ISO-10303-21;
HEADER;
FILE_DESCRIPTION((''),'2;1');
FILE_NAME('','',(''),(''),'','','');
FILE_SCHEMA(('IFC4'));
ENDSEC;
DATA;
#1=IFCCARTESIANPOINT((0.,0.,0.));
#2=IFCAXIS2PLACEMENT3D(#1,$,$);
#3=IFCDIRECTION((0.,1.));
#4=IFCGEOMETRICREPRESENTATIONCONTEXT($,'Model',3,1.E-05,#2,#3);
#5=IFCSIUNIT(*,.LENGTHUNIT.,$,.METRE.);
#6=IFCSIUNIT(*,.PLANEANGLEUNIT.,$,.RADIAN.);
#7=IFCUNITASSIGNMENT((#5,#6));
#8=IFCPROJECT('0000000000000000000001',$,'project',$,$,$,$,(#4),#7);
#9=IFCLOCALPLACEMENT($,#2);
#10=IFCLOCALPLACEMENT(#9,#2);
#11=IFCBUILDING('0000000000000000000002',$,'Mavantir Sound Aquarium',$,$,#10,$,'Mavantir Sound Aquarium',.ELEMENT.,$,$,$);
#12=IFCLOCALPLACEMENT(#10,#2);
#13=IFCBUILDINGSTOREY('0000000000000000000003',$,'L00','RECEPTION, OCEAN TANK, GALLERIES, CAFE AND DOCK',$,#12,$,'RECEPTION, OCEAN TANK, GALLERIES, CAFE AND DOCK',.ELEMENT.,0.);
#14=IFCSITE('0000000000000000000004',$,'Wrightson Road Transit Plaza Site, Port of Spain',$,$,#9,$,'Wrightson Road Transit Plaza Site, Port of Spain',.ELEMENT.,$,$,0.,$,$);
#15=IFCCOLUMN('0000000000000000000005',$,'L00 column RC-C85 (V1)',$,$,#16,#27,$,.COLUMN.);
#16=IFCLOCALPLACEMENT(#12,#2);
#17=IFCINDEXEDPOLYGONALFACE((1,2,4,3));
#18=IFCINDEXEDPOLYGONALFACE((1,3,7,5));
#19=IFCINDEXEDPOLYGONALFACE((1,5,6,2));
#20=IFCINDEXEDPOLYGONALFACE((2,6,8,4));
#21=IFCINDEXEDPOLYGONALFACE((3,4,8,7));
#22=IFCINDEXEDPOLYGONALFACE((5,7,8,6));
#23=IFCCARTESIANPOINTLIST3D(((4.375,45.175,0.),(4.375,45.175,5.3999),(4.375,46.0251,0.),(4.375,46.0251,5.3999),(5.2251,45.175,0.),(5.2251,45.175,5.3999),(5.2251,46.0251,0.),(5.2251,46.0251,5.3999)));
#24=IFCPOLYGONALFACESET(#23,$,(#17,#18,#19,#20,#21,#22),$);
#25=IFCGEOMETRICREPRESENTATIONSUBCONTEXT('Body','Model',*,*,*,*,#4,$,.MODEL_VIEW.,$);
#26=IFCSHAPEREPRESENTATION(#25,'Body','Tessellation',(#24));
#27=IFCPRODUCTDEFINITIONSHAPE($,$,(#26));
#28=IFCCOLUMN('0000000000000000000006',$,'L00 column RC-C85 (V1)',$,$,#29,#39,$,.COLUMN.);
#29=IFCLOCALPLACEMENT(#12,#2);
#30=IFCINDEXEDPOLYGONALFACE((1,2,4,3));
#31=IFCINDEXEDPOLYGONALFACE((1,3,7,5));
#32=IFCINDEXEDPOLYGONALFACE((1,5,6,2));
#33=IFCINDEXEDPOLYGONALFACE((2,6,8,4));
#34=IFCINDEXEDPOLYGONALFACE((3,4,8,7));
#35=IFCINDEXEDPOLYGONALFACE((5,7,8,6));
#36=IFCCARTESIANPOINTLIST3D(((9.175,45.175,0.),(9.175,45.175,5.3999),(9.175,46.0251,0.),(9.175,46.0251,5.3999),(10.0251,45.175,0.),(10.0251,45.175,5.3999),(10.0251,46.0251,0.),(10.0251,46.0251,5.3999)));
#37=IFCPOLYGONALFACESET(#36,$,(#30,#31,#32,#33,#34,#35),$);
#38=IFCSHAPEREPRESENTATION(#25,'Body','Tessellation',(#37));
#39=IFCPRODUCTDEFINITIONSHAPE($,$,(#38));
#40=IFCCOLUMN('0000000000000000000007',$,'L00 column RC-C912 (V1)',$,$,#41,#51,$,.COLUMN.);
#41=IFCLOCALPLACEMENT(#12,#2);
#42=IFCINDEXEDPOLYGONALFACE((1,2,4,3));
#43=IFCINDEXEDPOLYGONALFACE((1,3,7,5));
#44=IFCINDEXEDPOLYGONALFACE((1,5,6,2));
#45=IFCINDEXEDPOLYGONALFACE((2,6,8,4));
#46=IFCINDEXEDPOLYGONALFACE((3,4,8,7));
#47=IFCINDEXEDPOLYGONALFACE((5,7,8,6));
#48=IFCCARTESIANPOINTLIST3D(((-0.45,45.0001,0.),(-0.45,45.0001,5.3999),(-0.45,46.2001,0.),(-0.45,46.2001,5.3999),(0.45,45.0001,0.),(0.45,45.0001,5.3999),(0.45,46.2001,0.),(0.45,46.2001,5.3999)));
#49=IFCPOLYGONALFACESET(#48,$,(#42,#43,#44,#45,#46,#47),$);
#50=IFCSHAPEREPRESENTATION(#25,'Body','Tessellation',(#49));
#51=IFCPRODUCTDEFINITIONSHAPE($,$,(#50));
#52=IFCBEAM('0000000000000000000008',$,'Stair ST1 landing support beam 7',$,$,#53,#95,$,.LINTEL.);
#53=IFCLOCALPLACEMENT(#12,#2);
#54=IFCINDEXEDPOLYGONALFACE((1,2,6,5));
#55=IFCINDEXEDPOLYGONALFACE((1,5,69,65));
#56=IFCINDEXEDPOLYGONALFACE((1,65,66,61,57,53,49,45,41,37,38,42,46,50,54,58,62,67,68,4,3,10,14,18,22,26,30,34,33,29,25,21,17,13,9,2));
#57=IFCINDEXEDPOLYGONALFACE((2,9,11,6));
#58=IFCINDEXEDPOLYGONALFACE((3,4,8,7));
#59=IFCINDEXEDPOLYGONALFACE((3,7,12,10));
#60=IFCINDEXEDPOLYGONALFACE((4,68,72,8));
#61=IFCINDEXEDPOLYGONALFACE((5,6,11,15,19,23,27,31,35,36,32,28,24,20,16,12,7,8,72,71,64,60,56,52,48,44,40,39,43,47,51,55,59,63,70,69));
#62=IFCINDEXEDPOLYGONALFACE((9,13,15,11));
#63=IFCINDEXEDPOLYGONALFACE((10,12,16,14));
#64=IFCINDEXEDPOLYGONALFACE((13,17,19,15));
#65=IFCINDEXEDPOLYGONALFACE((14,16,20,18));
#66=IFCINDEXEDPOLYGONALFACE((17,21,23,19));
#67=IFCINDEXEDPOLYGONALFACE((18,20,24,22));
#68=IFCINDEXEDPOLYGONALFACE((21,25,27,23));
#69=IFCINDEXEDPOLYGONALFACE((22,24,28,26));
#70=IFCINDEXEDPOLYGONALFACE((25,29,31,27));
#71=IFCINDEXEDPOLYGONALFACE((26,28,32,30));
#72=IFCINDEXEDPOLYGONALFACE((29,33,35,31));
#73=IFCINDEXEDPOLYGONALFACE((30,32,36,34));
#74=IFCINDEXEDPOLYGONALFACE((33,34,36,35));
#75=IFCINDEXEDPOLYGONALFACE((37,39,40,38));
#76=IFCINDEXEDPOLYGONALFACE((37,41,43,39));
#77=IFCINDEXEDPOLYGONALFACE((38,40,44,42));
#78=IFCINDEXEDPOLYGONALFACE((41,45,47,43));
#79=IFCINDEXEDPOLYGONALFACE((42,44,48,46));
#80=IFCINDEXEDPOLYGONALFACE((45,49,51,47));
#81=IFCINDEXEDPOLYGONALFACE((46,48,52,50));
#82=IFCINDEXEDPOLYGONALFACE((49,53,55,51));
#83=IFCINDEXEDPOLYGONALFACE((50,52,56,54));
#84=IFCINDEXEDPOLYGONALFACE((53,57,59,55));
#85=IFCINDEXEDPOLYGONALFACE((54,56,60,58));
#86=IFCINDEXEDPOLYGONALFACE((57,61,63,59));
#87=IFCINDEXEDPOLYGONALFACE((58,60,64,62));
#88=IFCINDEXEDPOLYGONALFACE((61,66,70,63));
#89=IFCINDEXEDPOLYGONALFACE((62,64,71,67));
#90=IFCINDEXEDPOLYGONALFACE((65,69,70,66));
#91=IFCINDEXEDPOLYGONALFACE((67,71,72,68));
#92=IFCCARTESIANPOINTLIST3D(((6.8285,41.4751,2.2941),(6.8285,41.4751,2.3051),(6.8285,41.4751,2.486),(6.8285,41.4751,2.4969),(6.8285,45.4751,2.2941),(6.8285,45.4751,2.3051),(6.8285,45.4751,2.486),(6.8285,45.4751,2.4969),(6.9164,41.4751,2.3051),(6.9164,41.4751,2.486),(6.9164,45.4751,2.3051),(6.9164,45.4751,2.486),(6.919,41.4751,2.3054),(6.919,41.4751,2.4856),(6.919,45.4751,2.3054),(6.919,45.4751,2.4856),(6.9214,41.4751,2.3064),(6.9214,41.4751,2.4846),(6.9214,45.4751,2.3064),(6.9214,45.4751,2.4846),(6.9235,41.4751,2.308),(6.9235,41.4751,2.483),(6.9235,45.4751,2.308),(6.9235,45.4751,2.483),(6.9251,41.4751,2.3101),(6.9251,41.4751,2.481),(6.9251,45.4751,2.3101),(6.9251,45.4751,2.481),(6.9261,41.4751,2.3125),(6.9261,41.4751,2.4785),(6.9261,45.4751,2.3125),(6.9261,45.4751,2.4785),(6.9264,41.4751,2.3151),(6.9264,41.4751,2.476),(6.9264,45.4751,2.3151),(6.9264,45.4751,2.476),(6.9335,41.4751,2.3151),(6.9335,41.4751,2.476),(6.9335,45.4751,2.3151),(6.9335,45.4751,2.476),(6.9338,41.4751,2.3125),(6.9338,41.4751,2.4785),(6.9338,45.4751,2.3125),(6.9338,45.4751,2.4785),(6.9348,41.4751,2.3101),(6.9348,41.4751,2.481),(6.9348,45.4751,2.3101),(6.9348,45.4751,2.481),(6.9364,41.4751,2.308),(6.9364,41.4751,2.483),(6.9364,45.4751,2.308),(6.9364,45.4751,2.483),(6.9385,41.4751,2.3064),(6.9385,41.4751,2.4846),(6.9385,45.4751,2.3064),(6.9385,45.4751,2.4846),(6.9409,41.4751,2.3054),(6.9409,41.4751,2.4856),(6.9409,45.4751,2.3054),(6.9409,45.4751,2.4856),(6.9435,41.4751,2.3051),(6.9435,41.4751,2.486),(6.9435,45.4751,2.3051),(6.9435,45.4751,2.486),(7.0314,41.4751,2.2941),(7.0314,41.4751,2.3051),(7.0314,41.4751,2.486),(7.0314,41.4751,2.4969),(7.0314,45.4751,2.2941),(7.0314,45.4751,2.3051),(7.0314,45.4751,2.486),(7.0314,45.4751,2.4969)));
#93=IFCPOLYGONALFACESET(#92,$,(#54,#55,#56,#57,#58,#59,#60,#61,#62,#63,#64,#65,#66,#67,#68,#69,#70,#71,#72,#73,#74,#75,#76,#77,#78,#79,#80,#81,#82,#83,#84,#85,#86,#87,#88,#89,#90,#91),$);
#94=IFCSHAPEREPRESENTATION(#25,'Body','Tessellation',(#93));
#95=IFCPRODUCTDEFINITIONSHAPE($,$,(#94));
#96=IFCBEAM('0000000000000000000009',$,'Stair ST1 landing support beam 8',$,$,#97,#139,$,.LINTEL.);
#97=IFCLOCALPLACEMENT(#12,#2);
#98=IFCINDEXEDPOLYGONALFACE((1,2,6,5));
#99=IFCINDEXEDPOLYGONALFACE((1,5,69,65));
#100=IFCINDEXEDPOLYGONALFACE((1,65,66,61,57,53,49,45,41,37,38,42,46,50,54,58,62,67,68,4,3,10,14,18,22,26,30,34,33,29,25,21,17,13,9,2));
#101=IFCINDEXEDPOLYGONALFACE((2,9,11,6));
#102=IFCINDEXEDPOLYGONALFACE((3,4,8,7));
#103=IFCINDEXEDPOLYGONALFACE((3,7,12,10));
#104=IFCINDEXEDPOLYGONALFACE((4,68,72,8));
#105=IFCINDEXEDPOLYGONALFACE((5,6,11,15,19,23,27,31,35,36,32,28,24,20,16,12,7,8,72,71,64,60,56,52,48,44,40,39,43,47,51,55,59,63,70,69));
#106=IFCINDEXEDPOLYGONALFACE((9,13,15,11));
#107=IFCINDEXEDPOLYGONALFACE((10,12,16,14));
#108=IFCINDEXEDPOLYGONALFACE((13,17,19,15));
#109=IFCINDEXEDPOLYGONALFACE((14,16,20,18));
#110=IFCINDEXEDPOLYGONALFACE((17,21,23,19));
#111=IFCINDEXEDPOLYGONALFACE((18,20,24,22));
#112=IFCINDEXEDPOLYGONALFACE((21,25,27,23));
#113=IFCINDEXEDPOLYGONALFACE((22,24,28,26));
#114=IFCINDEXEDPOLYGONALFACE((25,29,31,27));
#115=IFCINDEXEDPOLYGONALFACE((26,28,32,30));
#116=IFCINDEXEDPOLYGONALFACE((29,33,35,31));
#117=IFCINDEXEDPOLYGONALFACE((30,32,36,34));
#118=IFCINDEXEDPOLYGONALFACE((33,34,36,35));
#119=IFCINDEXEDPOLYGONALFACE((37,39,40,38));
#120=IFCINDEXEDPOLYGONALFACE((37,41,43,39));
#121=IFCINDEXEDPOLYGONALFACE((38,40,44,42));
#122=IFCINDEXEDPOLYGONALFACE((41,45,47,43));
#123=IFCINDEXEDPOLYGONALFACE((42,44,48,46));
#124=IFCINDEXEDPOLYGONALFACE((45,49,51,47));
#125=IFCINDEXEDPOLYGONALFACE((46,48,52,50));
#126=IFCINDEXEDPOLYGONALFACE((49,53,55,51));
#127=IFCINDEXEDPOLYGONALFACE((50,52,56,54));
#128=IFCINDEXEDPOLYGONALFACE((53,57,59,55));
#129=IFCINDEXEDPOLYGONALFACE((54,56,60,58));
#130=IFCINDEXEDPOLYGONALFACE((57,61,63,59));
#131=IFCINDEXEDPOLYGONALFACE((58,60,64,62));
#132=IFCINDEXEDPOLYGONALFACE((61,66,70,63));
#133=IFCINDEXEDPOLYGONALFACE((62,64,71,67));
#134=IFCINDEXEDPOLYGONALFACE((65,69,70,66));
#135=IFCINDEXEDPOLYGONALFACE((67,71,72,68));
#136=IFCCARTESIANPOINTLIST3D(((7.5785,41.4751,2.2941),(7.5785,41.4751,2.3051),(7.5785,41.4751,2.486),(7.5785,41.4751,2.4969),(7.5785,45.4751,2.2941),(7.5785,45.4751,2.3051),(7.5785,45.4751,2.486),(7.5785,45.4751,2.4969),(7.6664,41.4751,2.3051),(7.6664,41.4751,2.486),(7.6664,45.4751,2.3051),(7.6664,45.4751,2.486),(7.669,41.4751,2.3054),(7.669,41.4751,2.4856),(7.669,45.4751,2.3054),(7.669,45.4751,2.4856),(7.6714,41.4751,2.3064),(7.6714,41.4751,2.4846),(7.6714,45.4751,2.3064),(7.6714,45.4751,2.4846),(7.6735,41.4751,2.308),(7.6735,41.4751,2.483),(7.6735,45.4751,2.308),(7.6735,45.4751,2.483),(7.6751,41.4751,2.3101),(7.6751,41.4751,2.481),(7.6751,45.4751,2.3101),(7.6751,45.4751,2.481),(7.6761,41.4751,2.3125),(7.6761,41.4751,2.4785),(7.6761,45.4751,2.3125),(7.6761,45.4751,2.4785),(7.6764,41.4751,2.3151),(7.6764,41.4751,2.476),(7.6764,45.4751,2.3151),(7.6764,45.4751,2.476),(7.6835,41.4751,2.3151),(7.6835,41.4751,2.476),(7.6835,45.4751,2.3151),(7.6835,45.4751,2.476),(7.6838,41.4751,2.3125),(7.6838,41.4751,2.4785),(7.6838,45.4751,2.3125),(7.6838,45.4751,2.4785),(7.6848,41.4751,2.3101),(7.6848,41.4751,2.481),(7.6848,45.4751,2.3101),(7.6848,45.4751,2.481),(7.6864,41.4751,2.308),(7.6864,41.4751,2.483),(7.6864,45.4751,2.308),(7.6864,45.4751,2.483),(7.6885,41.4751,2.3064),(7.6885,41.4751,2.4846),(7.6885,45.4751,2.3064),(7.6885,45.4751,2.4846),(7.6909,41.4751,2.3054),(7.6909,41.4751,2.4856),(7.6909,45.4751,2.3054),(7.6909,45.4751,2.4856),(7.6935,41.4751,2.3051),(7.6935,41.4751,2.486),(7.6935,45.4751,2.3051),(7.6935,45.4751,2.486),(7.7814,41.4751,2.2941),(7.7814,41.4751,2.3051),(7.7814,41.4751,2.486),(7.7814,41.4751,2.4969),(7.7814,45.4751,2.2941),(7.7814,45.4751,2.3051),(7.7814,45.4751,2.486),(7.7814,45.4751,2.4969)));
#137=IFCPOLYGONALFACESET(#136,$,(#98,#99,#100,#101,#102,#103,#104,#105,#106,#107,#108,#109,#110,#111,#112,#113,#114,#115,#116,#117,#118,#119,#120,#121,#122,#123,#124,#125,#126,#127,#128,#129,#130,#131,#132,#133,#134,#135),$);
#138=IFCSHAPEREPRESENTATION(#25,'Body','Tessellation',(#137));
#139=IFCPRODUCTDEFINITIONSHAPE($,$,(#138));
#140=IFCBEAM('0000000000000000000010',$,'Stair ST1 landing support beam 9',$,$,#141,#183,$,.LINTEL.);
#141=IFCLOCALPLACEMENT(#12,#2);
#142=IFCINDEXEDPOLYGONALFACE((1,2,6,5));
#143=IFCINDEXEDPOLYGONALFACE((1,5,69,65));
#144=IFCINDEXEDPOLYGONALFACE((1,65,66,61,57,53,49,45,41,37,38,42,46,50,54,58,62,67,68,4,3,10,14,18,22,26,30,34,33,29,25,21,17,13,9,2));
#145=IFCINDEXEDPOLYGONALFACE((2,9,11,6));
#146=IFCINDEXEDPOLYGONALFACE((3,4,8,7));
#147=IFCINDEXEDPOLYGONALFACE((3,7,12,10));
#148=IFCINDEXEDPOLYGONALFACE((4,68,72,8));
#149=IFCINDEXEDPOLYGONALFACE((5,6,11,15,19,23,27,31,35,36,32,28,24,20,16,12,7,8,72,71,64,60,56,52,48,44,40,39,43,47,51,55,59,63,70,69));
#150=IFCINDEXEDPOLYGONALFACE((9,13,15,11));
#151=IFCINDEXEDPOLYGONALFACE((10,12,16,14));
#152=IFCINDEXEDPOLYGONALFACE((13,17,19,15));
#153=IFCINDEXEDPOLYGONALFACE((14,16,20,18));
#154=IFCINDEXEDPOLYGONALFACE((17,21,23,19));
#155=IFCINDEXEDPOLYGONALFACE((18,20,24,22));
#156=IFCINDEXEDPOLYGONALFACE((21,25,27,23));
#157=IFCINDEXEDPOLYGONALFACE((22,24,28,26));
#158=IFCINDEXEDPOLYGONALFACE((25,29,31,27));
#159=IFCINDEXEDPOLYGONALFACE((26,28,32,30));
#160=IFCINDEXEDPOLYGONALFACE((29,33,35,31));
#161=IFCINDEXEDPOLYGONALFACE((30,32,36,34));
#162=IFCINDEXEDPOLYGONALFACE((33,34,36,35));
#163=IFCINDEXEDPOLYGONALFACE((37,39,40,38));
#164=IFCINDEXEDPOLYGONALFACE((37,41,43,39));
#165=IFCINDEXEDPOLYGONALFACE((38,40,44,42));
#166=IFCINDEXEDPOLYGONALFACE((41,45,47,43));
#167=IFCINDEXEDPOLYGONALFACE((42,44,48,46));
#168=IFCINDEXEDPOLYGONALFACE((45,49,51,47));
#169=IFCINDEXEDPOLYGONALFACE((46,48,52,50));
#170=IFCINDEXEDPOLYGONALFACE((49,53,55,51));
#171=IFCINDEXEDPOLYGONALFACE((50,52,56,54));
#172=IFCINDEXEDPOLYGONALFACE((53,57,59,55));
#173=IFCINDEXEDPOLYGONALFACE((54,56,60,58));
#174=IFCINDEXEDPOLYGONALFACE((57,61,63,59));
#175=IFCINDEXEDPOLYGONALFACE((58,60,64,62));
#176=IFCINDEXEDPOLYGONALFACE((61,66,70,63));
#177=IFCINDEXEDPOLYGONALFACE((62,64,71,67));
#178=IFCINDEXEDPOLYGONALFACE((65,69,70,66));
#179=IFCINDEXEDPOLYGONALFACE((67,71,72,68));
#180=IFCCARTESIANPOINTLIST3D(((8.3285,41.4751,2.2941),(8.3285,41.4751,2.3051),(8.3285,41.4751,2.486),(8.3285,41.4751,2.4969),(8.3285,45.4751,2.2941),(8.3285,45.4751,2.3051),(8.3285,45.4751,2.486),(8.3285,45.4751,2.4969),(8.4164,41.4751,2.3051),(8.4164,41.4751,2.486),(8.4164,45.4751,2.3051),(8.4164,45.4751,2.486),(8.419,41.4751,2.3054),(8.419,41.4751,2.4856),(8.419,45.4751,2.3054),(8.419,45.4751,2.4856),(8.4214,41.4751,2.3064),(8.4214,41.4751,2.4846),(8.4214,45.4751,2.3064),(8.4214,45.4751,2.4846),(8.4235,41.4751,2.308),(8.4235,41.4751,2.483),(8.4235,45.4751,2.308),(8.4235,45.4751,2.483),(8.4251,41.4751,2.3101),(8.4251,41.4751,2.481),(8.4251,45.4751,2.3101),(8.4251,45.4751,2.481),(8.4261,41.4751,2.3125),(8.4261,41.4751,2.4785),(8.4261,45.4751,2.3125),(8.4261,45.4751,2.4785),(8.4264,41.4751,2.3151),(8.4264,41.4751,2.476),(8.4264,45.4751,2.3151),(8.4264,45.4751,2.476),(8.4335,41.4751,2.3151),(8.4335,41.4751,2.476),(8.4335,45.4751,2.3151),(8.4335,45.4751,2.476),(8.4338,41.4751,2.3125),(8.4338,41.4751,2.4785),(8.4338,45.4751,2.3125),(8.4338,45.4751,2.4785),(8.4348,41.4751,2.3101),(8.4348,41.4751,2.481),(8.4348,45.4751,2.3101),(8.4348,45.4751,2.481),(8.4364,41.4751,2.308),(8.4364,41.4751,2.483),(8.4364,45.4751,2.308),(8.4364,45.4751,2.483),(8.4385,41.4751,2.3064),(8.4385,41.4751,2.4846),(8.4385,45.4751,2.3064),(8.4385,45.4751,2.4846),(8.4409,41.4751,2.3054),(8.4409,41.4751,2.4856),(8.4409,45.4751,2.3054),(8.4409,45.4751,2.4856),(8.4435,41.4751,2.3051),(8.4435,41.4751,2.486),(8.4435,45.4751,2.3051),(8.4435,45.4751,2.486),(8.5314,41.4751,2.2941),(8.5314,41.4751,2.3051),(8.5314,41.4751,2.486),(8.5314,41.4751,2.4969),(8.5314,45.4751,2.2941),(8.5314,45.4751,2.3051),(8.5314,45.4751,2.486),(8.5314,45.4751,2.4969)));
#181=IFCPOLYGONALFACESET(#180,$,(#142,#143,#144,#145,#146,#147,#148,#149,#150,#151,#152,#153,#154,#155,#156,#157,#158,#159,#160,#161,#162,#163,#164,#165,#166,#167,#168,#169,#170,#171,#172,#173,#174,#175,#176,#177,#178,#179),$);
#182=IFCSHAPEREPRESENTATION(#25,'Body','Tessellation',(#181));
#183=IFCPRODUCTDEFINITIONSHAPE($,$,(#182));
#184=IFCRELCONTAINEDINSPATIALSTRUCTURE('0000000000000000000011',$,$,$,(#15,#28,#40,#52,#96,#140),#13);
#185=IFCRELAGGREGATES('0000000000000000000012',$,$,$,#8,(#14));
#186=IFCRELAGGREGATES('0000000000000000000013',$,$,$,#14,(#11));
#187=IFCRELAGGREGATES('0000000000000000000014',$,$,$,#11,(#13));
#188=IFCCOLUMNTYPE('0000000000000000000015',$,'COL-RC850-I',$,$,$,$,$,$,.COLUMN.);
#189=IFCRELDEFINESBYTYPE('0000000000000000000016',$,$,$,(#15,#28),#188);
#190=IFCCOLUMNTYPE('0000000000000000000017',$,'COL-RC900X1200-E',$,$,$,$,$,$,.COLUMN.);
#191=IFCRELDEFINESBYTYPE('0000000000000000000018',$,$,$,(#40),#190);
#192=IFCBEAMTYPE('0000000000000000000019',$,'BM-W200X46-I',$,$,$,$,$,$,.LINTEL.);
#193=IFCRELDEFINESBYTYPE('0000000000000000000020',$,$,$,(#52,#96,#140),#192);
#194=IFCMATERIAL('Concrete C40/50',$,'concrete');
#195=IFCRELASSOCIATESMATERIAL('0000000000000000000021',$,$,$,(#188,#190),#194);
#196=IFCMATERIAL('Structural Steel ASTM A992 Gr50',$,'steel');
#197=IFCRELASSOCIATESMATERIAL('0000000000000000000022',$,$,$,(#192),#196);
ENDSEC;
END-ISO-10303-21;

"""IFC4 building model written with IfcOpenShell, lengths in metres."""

from ifc_helpers import new_model, si_unit, direction, frame, origin, origin_2d, place, context, subcontext, project, spatial, rectangle, i_section, extrude, material, material_profile, profile_set, type_object, element, save


model = new_model("IFC4")

# Units and contexts
model_context = context("Model", 3, precision=1e-05, world=origin(), true_north=direction((0.0, 1.0)))
body_context = subcontext(model_context, "Body", "Model", "MODEL_VIEW")
ifc_project = project(units=[si_unit("LENGTHUNIT", "METRE"), si_unit("PLANEANGLEUNIT", "RADIAN")], contexts=[model_context])

# Site, building, storey
site_placement = place(None, origin())
site = spatial("IfcSite", under=ifc_project, at=site_placement, Name="Wrightson Road Transit Plaza Site, Port of Spain", LongName="Wrightson Road Transit Plaza Site, Port of Spain", CompositionType="ELEMENT", RefElevation=0.0)
building_placement = place(site_placement, origin())
building = spatial("IfcBuilding", under=site, at=building_placement, Name="Mavantir Sound Aquarium", LongName="Mavantir Sound Aquarium", CompositionType="ELEMENT")
storey_placement = place(building_placement, origin())
storey = spatial("IfcBuildingStorey", under=building, at=storey_placement, Name="L00", Description="RECEPTION, OCEAN TANK, GALLERIES, CAFE AND DOCK", LongName="RECEPTION, OCEAN TANK, GALLERIES, CAFE AND DOCK", CompositionType="ELEMENT", Elevation=0.0)

# Columns
ifc_material_1 = material(Name="Concrete C40/50", Category="concrete")
ifc_material_profile_1 = material_profile(ifc_material_1, rectangle(XDim=0.8501, YDim=0.8501, at=origin_2d()), Name="RC 850X850")
ifc_profile_set_1 = profile_set([ifc_material_profile_1], Name="Concrete C40/50")
column_type_1 = type_object("IfcColumnType", Name="COL-RC850-I", PredefinedType="COLUMN", material=ifc_profile_set_1)
for number, where, z_axis, x_axis, name in (
    (1, (4.8, 45.6001, 0.0), (0.0, 0.0, 1.0), (1.0, 0.0, 0.0), "L00 column RC-C85 (V1)"),
    (2, (9.6001, 45.6001, 0.0), (0.0, 0.0, 1.0), (1.0, 0.0, 0.0), "L00 column RC-C85 (V1)"),
):
    element("IfcColumn", number, at=place(storey_placement, frame(where, z_axis=z_axis, x_axis=x_axis)), inside=storey, type_object=column_type_1, Name=name, PredefinedType="COLUMN", context=body_context, shape_type="SweptSolid", body=[
        extrude(rectangle(XDim=0.8501, YDim=0.8501, at=origin_2d()), origin(), (0.0, 0.0, 1.0), 5.3999),
    ])
ifc_material_profile_2 = material_profile(ifc_material_1, rectangle(XDim=0.8999, YDim=1.2, at=origin_2d()), Name="RC 900X1200")
ifc_profile_set_2 = profile_set([ifc_material_profile_2], Name="Concrete C40/50")
column_type_2 = type_object("IfcColumnType", Name="COL-RC900X1200-E", PredefinedType="COLUMN", material=ifc_profile_set_2)
column_placement = place(storey_placement, frame((0.0, 45.6001, 0.0), z_axis=(0.0, 0.0, 1.0), x_axis=(1.0, 0.0, 0.0)))
element("IfcColumn", 3, at=column_placement, inside=storey, type_object=column_type_2, Name="L00 column RC-C912 (V1)", PredefinedType="COLUMN", context=body_context, shape_type="SweptSolid", body=[
    extrude(rectangle(XDim=0.8999, YDim=1.2, at=origin_2d()), origin(), (0.0, 0.0, 1.0), 5.3999),
])

# Beams
ifc_material_2 = material(Name="Structural Steel ASTM A992 Gr50", Category="steel")
ifc_material_profile_3 = material_profile(ifc_material_2, i_section(OverallWidth=0.2029, OverallDepth=0.2029, WebThickness=0.0071, FlangeThickness=0.011, FilletRadius=0.01, at=origin_2d()), Name="W200X46")
ifc_profile_set_3 = profile_set([ifc_material_profile_3], Name="Structural Steel ASTM A992 Gr50")
beam_type_1 = type_object("IfcBeamType", Name="BM-W200X46-I", PredefinedType="LINTEL", material=ifc_profile_set_3)
for number, where, z_axis, x_axis, name in (
    (4, (6.9299, 41.4751, 2.3955), (0.0, 1.0, 0.0), (-1.0, 0.0, 0.0), "Stair ST1 landing support beam 7"),
    (5, (7.6799, 41.4751, 2.3955), (0.0, 1.0, 0.0), (-1.0, 0.0, 0.0), "Stair ST1 landing support beam 8"),
    (6, (8.4299, 41.4751, 2.3955), (0.0, 1.0, 0.0), (-1.0, 0.0, 0.0), "Stair ST1 landing support beam 9"),
):
    element("IfcBeam", number, at=place(storey_placement, frame(where, z_axis=z_axis, x_axis=x_axis)), inside=storey, type_object=beam_type_1, Name=name, PredefinedType="LINTEL", context=body_context, shape_type="SweptSolid", body=[
        extrude(i_section(OverallWidth=0.2029, OverallDepth=0.2029, WebThickness=0.0071, FlangeThickness=0.011, FilletRadius=0.01, at=origin_2d()), origin(), (0.0, 0.0, 1.0), 4.0),
    ])

save(model, "model.ifc")
